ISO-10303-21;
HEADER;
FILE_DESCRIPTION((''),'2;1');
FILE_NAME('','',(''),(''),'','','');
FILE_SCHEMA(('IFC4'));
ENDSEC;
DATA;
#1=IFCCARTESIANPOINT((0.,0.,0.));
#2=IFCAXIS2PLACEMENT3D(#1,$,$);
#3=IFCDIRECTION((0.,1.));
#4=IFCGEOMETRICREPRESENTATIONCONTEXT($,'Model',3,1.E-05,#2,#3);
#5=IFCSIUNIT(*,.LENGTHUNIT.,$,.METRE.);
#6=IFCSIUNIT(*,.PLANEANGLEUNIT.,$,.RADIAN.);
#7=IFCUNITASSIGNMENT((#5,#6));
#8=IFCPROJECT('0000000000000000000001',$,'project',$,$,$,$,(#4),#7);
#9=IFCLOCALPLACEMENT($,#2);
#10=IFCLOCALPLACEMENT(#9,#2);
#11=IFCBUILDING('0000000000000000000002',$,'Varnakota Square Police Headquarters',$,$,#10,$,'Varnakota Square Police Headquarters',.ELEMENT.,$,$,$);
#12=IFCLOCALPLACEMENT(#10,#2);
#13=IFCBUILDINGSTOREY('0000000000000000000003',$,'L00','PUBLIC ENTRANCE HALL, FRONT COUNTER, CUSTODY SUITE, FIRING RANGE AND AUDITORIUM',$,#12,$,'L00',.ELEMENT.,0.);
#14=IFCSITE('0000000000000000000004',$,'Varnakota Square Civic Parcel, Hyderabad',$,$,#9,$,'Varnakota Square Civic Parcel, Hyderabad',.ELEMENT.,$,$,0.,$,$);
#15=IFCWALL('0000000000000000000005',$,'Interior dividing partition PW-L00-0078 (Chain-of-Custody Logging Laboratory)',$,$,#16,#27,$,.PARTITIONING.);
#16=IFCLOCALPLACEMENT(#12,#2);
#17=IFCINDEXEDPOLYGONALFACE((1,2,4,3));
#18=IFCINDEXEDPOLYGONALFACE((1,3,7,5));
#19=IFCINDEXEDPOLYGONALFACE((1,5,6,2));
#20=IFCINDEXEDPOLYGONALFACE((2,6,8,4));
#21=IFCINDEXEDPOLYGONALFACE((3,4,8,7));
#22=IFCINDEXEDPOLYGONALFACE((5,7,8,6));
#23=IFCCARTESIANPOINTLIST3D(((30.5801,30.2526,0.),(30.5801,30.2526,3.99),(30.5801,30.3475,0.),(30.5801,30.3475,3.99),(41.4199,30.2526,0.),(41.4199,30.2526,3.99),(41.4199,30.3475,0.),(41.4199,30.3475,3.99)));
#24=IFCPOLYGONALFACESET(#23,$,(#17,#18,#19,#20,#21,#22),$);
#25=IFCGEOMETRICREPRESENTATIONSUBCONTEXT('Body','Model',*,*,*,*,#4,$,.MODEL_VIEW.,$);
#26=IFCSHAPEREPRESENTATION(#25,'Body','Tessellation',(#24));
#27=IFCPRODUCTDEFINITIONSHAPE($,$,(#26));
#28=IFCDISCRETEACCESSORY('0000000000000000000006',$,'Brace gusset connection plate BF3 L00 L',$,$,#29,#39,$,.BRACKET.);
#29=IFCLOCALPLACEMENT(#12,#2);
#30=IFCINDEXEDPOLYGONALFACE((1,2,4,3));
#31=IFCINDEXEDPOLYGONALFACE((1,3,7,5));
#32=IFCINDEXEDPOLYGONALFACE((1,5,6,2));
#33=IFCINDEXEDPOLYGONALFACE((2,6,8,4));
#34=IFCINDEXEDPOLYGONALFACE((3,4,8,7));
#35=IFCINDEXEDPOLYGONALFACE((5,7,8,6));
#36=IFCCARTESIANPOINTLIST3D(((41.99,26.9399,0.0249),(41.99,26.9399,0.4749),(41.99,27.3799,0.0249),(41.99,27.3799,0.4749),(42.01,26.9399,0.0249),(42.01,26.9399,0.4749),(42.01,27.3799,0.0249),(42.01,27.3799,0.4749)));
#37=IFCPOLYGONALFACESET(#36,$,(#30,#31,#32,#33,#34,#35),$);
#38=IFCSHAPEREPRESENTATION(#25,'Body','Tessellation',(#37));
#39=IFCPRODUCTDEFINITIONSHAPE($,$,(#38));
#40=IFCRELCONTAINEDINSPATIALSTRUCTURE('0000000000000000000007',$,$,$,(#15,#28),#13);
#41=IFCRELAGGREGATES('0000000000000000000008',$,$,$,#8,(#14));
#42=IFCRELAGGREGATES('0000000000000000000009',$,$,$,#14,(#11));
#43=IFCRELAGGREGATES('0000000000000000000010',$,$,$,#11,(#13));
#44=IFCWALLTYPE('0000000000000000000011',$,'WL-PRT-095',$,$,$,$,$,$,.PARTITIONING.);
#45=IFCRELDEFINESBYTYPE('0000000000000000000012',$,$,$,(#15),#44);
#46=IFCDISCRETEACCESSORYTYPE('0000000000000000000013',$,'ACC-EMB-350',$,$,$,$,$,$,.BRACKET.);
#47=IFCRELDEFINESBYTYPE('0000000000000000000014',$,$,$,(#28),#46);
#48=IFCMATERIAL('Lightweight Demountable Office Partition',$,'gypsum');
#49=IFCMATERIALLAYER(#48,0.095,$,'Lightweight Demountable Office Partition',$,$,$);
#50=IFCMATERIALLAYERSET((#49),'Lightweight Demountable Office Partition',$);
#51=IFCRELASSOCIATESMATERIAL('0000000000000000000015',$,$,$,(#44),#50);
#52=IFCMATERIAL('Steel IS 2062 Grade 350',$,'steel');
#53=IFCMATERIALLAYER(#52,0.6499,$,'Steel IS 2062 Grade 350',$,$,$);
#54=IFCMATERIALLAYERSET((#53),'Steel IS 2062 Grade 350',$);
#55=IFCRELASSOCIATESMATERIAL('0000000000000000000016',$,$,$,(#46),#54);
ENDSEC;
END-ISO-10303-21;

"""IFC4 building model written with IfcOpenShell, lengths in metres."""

from ifc_helpers import new_model, si_unit, direction, frame, frame_2d, origin, origin_2d, place, context, subcontext, project, spatial, rectangle, extrude, material, layer, layer_set, type_object, element, save


model = new_model("IFC4")

# Units and contexts
model_context = context("Model", 3, precision=1e-05, world=origin(), true_north=direction((0.0, 1.0)))
body_context = subcontext(model_context, "Body", "Model", "MODEL_VIEW")
ifc_project = project(units=[si_unit("LENGTHUNIT", "METRE"), si_unit("PLANEANGLEUNIT", "RADIAN")], contexts=[model_context])

# Site, building, storey
site_placement = place(None, origin())
site = spatial("IfcSite", under=ifc_project, at=site_placement, Name="Varnakota Square Civic Parcel, Hyderabad", LongName="Varnakota Square Civic Parcel, Hyderabad", CompositionType="ELEMENT", RefElevation=0.0)
building_placement = place(site_placement, origin())
building = spatial("IfcBuilding", under=site, at=building_placement, Name="Varnakota Square Police Headquarters", LongName="Varnakota Square Police Headquarters", CompositionType="ELEMENT")
storey_placement = place(building_placement, origin())
storey = spatial("IfcBuildingStorey", under=building, at=storey_placement, Name="L00", Description="PUBLIC ENTRANCE HALL, FRONT COUNTER, CUSTODY SUITE, FIRING RANGE AND AUDITORIUM", LongName="L00", CompositionType="ELEMENT", Elevation=0.0)

# Shared definitions
ifc_material_1 = material(Name="Steel IS 2062 Grade 350", Category="steel")

# Wall
ifc_material_2 = material(Name="Lightweight Demountable Office Partition", Category="gypsum")
ifc_layer_1 = layer(ifc_material_2, 0.095, Name="Lightweight Demountable Office Partition")
ifc_layer_set_1 = layer_set([ifc_layer_1], Name="Lightweight Demountable Office Partition")
wall_type_1 = type_object("IfcWallType", Name="WL-PRT-095", PredefinedType="PARTITIONING", material=ifc_layer_set_1)
wall_1_placement = place(storey_placement, frame((41.4199, 30.3, 0.0), z_axis=(0.0, 0.0, 1.0), x_axis=(-1.0, 0.0, 0.0)))
element("IfcWall", 1, at=wall_1_placement, inside=storey, type_object=wall_type_1, Name="Interior dividing partition PW-L00-0078 (Chain-of-Custody Logging Laboratory)", PredefinedType="PARTITIONING", context=body_context, shape_type="SweptSolid", body=[
    extrude(rectangle(XDim=10.8398, YDim=0.095, at=frame_2d((5.4199, 0.0))), origin(), (0.0, 0.0, 1.0), 3.99),
])

# Discrete accessory
ifc_layer_2 = layer(ifc_material_1, 0.6499, Name="Steel IS 2062 Grade 350")
ifc_layer_set_2 = layer_set([ifc_layer_2], Name="Steel IS 2062 Grade 350")
discrete_accessory_type = type_object("IfcDiscreteAccessoryType", Name="ACC-EMB-350", PredefinedType="BRACKET", material=ifc_layer_set_2)
discrete_accessory_placement = place(storey_placement, frame((42.0, 27.1599, 0.0249), z_axis=(0.0, 0.0, 1.0), x_axis=(0.0, 1.0, 0.0)))
element("IfcDiscreteAccessory", 2, at=discrete_accessory_placement, inside=storey, type_object=discrete_accessory_type, Name="Brace gusset connection plate BF3 L00 L", PredefinedType="BRACKET", context=body_context, shape_type="SweptSolid", body=[
    extrude(rectangle(XDim=0.4399, YDim=0.02, at=origin_2d()), origin(), (0.0, 0.0, 1.0), 0.45),
])

save(model, "model.ifc")
